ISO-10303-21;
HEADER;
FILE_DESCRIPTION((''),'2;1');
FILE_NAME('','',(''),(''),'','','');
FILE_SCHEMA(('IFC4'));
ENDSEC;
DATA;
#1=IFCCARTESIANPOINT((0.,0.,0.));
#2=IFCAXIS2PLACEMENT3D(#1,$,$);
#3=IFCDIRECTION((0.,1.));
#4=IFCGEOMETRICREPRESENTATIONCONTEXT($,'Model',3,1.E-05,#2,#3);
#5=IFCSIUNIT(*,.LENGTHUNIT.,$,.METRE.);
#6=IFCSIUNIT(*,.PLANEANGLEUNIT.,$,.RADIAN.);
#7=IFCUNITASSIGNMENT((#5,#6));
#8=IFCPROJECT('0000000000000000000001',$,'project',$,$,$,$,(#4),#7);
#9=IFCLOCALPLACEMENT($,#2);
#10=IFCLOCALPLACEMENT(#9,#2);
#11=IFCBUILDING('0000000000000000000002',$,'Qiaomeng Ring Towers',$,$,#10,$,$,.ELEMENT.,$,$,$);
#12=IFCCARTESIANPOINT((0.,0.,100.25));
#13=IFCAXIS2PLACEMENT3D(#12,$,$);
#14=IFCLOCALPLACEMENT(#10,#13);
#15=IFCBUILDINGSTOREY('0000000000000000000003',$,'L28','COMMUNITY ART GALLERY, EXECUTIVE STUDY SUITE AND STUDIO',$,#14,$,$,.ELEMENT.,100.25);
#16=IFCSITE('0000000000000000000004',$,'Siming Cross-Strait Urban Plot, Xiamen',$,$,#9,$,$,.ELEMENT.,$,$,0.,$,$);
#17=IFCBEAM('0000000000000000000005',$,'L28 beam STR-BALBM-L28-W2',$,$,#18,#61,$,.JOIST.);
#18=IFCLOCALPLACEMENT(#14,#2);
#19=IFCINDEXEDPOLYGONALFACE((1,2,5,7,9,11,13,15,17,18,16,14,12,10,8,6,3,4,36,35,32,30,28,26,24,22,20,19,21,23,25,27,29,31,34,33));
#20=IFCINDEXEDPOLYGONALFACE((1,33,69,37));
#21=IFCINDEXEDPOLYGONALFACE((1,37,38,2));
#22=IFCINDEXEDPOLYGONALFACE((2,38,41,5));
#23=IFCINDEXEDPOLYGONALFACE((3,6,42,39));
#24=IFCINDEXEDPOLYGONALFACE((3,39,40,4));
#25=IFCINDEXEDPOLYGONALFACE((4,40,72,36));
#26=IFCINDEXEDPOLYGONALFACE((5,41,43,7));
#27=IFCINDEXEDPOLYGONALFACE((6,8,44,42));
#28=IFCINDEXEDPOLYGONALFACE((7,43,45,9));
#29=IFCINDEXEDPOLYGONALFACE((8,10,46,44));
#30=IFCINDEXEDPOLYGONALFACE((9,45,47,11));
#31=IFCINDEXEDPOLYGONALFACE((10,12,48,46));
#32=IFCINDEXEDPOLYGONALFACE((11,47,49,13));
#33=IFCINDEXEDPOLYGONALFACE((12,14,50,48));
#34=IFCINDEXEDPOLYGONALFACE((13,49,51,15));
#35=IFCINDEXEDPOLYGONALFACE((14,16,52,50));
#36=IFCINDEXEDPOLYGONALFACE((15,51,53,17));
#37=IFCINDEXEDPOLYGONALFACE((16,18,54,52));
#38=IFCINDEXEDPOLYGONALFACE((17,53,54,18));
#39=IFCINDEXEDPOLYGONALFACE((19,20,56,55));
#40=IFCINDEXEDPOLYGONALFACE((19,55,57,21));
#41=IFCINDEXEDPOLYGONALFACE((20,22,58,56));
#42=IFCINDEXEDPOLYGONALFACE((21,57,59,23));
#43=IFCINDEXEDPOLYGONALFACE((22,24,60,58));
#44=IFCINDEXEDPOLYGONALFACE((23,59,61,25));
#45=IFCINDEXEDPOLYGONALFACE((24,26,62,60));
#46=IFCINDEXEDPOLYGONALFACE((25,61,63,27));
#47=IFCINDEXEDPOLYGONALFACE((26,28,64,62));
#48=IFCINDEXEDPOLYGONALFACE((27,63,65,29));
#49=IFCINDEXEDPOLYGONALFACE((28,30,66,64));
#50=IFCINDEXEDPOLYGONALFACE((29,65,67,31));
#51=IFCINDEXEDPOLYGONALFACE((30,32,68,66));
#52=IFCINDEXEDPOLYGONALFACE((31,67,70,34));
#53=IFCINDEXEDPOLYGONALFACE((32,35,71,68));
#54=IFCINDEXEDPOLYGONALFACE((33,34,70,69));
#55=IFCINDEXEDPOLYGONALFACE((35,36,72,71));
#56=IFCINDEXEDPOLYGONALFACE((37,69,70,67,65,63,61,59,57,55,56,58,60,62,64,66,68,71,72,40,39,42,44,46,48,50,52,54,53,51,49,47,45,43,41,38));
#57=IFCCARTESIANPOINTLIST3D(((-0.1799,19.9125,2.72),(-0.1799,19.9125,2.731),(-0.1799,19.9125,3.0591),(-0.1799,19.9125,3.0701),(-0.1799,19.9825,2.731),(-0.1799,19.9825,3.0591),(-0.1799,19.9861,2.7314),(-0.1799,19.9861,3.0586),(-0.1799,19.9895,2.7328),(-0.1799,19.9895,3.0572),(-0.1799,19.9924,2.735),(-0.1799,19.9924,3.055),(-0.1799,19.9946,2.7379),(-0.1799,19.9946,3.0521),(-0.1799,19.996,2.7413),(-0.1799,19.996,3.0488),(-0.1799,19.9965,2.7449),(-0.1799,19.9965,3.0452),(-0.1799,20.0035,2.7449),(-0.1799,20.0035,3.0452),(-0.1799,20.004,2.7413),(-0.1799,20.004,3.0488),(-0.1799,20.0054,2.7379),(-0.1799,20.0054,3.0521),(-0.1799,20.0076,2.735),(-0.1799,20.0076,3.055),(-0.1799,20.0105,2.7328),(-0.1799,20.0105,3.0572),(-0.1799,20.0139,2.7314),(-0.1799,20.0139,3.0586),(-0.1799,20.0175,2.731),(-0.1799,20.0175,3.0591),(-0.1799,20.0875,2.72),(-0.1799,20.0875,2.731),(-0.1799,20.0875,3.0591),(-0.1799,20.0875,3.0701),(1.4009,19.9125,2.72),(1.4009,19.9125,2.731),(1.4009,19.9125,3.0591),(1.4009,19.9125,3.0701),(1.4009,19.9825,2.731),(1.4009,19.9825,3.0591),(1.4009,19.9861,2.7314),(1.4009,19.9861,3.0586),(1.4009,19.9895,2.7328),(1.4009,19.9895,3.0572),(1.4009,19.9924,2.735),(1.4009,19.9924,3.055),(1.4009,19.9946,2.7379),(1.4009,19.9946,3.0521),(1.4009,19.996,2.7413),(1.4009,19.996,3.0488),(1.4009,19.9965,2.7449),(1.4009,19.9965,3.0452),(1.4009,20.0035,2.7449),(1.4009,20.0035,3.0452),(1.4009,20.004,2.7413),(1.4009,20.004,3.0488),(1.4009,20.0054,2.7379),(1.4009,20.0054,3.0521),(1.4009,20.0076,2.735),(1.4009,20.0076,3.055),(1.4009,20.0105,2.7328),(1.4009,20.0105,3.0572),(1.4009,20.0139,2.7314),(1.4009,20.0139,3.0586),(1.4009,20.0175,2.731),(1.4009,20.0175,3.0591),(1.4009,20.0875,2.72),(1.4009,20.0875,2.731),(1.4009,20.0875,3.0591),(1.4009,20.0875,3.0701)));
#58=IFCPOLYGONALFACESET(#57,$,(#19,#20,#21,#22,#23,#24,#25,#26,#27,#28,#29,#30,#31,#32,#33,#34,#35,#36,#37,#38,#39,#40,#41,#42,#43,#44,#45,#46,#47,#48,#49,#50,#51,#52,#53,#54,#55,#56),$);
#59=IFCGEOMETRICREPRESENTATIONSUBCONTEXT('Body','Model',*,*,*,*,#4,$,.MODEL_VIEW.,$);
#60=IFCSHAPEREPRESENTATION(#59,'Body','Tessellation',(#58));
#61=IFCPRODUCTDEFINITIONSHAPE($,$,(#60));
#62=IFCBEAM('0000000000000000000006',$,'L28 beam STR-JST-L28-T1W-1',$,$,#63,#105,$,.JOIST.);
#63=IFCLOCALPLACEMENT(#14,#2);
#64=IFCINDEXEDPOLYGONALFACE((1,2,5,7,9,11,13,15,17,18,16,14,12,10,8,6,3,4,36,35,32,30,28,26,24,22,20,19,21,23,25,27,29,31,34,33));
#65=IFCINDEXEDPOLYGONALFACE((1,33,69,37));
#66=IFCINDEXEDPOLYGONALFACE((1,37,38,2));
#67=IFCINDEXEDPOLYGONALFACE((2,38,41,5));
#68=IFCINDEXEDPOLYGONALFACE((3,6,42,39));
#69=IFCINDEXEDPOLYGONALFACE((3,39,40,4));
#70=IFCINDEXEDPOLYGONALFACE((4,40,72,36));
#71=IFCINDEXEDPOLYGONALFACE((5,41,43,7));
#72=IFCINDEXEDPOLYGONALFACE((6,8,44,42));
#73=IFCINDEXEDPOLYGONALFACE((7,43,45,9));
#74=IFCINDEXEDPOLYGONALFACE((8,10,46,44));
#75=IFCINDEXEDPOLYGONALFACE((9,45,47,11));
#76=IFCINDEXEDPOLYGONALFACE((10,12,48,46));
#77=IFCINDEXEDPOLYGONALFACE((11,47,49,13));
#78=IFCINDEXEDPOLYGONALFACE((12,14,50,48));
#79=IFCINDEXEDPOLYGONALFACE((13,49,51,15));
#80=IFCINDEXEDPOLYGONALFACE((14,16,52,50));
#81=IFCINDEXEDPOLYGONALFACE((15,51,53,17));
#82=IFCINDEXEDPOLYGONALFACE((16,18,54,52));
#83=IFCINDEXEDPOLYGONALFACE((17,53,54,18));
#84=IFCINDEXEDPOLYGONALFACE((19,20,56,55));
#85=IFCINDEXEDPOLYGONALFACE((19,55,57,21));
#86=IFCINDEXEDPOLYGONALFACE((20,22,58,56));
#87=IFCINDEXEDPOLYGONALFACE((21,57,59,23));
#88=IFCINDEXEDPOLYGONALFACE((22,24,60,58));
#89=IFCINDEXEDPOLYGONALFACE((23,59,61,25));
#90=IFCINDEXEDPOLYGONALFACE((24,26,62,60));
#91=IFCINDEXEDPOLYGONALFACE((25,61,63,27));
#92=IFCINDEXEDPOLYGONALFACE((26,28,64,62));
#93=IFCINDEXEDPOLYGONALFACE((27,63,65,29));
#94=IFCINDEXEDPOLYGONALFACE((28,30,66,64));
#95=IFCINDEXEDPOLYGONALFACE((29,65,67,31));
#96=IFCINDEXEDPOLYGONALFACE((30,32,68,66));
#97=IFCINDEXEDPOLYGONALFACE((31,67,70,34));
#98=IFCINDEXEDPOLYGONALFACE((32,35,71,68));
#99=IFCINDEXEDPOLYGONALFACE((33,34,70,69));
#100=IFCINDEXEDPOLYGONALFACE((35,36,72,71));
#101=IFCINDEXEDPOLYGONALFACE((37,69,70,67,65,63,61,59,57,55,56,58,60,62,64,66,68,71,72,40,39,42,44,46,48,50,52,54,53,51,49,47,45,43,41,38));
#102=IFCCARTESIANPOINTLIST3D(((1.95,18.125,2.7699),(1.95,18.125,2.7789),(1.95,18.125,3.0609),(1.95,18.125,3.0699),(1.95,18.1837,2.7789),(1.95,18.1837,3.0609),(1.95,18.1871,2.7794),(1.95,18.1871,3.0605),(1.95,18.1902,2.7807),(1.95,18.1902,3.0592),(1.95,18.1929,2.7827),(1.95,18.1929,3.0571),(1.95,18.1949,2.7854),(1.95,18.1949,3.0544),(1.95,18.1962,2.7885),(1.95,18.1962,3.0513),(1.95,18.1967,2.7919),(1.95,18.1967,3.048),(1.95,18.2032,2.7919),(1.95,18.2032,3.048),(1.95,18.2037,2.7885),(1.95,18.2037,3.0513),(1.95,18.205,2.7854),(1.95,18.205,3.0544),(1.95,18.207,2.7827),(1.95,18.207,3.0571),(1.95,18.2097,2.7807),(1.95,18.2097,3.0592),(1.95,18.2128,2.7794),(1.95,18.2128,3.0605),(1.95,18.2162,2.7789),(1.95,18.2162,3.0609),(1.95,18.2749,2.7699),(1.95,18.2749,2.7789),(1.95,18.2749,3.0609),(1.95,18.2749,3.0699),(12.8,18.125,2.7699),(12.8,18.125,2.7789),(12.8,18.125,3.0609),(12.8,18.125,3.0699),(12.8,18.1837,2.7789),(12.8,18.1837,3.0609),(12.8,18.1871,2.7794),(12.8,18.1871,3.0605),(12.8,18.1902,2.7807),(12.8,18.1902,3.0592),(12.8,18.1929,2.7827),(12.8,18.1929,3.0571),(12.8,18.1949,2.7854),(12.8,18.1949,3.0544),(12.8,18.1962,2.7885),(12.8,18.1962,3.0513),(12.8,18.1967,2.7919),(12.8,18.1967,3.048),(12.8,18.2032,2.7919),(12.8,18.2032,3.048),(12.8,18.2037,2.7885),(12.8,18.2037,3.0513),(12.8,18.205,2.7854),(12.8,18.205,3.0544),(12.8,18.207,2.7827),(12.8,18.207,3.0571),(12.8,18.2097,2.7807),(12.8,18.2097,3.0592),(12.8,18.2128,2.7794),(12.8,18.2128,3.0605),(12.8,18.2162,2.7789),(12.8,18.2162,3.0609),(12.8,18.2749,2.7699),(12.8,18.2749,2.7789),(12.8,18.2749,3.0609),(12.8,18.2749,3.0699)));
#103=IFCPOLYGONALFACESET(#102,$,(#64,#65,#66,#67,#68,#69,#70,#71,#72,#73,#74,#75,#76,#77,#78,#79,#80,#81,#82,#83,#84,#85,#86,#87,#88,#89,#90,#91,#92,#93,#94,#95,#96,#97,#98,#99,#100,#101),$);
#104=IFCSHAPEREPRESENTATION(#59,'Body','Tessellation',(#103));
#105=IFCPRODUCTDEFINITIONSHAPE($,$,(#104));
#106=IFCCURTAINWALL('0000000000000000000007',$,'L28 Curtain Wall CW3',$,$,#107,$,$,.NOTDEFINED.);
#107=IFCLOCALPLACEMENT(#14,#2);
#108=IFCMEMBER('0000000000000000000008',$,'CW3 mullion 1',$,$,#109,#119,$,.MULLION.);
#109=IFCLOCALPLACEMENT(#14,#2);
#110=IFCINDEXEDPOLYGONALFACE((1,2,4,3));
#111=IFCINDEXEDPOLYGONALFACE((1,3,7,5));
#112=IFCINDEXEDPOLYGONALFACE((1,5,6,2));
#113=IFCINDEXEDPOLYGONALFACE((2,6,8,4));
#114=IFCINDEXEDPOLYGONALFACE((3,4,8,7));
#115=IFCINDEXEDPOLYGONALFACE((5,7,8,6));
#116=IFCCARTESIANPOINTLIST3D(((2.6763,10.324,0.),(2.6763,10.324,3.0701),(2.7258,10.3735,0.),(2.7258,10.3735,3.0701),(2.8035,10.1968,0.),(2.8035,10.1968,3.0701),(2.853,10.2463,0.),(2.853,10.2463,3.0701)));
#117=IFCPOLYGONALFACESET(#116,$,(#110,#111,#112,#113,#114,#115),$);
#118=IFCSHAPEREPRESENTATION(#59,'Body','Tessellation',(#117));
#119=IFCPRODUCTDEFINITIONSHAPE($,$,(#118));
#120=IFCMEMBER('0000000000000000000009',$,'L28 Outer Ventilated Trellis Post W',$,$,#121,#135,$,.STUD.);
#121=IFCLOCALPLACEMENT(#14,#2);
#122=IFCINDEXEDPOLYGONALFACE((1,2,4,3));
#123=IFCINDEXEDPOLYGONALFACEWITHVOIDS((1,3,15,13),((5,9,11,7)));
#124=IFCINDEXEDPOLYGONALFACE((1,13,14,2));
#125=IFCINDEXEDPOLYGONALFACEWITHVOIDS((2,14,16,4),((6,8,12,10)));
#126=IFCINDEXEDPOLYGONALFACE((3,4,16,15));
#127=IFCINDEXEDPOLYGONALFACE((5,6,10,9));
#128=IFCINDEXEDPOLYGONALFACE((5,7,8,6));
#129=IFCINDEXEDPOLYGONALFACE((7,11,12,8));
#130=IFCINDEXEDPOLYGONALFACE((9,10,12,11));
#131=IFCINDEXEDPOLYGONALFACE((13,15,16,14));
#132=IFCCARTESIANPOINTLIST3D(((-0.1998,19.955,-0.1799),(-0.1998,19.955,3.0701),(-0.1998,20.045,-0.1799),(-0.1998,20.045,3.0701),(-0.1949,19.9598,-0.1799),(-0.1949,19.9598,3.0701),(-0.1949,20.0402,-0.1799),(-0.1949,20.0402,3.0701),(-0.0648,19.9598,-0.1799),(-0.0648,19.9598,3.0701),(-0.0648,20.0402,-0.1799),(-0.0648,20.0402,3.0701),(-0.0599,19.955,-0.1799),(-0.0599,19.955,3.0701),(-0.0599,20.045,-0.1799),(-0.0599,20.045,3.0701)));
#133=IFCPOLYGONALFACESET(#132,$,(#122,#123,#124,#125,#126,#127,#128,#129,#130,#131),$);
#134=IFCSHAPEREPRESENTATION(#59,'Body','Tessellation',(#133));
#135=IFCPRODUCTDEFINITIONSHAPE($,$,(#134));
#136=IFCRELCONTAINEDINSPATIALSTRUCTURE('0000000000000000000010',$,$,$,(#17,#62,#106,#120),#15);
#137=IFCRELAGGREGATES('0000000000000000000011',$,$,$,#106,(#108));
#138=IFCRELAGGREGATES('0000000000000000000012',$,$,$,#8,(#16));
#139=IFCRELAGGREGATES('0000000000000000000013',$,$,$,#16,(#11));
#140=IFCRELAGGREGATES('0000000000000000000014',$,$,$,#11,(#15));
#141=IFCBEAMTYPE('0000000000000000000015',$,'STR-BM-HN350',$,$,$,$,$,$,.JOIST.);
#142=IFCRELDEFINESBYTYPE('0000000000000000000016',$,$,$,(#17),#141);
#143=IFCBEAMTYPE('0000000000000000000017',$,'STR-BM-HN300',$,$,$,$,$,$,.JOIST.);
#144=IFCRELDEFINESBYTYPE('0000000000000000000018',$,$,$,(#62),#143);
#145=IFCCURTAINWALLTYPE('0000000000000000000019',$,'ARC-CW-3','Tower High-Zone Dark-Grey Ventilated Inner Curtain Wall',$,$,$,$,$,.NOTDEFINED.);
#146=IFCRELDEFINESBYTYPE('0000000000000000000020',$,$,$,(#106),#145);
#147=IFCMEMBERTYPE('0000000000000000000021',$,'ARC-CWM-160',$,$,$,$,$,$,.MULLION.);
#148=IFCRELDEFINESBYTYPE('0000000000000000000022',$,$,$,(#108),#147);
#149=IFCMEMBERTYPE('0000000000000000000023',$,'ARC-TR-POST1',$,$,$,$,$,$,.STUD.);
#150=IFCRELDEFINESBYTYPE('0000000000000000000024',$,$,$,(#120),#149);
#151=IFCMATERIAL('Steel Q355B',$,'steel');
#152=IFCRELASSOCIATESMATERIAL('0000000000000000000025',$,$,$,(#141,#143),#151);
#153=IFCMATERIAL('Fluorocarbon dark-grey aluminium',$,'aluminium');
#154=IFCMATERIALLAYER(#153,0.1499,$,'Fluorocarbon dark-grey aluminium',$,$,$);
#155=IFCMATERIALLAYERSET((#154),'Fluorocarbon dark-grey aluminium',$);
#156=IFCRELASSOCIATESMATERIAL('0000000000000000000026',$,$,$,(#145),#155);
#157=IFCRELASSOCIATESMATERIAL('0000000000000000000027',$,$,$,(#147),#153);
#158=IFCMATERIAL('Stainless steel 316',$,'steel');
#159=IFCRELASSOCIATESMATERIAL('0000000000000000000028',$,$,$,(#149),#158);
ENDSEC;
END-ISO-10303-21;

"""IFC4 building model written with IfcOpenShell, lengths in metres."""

from ifc_helpers import new_model, si_unit, direction, frame, origin, origin_2d, place, context, subcontext, project, spatial, rectangle, hollow_rectangle, i_section, extrude, source, transform, mapped, material, layer, layer_set, material_profile, profile_set, type_object, element, aggregate, save


model = new_model("IFC4")

# Units and contexts
model_context = context("Model", 3, precision=1e-05, world=origin(), true_north=direction((0.0, 1.0)))
body_context = subcontext(model_context, "Body", "Model", "MODEL_VIEW")
ifc_project = project(units=[si_unit("LENGTHUNIT", "METRE"), si_unit("PLANEANGLEUNIT", "RADIAN")], contexts=[model_context])

# Site, building, storey
site_placement = place(None, origin())
site = spatial("IfcSite", under=ifc_project, at=site_placement, Name="Siming Cross-Strait Urban Plot, Xiamen", CompositionType="ELEMENT", RefElevation=0.0)
building_placement = place(site_placement, origin())
building = spatial("IfcBuilding", under=site, at=building_placement, Name="Qiaomeng Ring Towers", CompositionType="ELEMENT")
storey_placement = place(building_placement, frame((0.0, 0.0, 100.25)))
storey = spatial("IfcBuildingStorey", under=building, at=storey_placement, Name="L28", Description="COMMUNITY ART GALLERY, EXECUTIVE STUDY SUITE AND STUDIO", CompositionType="ELEMENT", Elevation=100.25)

# Beams
ifc_material_1 = material(Name="Steel Q355B", Category="steel")
ifc_material_profile_1 = material_profile(ifc_material_1, i_section(OverallWidth=0.175, OverallDepth=0.3501, WebThickness=0.0071, FlangeThickness=0.011, FilletRadius=0.0139, at=origin_2d()), Name="HN 350x175x7x11")
ifc_profile_set_1 = profile_set([ifc_material_profile_1], Name="Steel Q355B")
beam_type_1 = type_object("IfcBeamType", Name="STR-BM-HN350", PredefinedType="JOIST", material=ifc_profile_set_1)
shared_shape_1 = source(origin(), body_context, "Body", "SweptSolid", [
    extrude(i_section(OverallWidth=0.175, OverallDepth=0.3501, WebThickness=0.0071, FlangeThickness=0.011, FilletRadius=0.0139, at=origin_2d()), origin(), (0.0, 0.0, 1.0), 1.5808),
])
beam_1_placement = place(storey_placement, frame((-0.1799, 20.0, 2.895), z_axis=(1.0, 0.0, 0.0), x_axis=(0.0, 1.0, 0.0)))
element("IfcBeam", 1, at=beam_1_placement, inside=storey, type_object=beam_type_1, Name="L28 beam STR-BALBM-L28-W2", PredefinedType="JOIST", context=body_context, shape_type="MappedRepresentation", body=[
    mapped(shared_shape_1, transform((0.0, 0.0, 0.0), x_axis=(1.0, 0.0, 0.0), y_axis=(0.0, 1.0, 0.0), z_axis=(0.0, 0.0, 1.0), scale=1.0)),
])
ifc_material_profile_2 = material_profile(ifc_material_1, i_section(OverallWidth=0.1499, OverallDepth=0.3, WebThickness=0.0066, FlangeThickness=0.009, FilletRadius=0.0129, at=origin_2d()), Name="HN 300x150x6.5x9")
ifc_profile_set_2 = profile_set([ifc_material_profile_2], Name="Steel Q355B")
beam_type_2 = type_object("IfcBeamType", Name="STR-BM-HN300", PredefinedType="JOIST", material=ifc_profile_set_2)
shared_shape_2 = source(origin(), body_context, "Body", "SweptSolid", [
    extrude(i_section(OverallWidth=0.1499, OverallDepth=0.3, WebThickness=0.0066, FlangeThickness=0.009, FilletRadius=0.0129, at=origin_2d()), origin(), (0.0, 0.0, 1.0), 10.8501),
])
beam_2_placement = place(storey_placement, frame((1.95, 18.2, 2.9199), z_axis=(1.0, 0.0, 0.0), x_axis=(0.0, 1.0, 0.0)))
element("IfcBeam", 2, at=beam_2_placement, inside=storey, type_object=beam_type_2, Name="L28 beam STR-JST-L28-T1W-1", PredefinedType="JOIST", context=body_context, shape_type="MappedRepresentation", body=[
    mapped(shared_shape_2, transform((0.0, 0.0, 0.0), x_axis=(1.0, 0.0, 0.0), y_axis=(0.0, 1.0, 0.0), z_axis=(0.0, 0.0, 1.0), scale=1.0)),
])

# Curtain wall, member
ifc_material_2 = material(Name="Fluorocarbon dark-grey aluminium", Category="aluminium")
ifc_layer_1 = layer(ifc_material_2, 0.1499, Name="Fluorocarbon dark-grey aluminium")
ifc_layer_set_1 = layer_set([ifc_layer_1], Name="Fluorocarbon dark-grey aluminium")
curtain_wall_type = type_object("IfcCurtainWallType", Name="ARC-CW-3", Description="Tower High-Zone Dark-Grey Ventilated Inner Curtain Wall", PredefinedType="NOTDEFINED", material=ifc_layer_set_1)
curtain_wall_placement = place(storey_placement, origin())
curtain_wall = element("IfcCurtainWall", 3, at=curtain_wall_placement, inside=storey, type_object=curtain_wall_type, Name="L28 Curtain Wall CW3", PredefinedType="NOTDEFINED")
ifc_material_profile_3 = material_profile(ifc_material_2, rectangle(XDim=0.0701, YDim=0.1799, at=origin_2d()), Name="ALU MULL 70x180")
ifc_profile_set_3 = profile_set([ifc_material_profile_3], Name="Fluorocarbon dark-grey aluminium")
member_type_1 = type_object("IfcMemberType", Name="ARC-CWM-160", PredefinedType="MULLION", material=ifc_profile_set_3)
shared_shape_3 = source(origin(), body_context, "Body", "SweptSolid", [
    extrude(rectangle(XDim=0.0701, YDim=0.1799, at=origin_2d()), origin(), (0.0, 0.0, 1.0), 3.0701),
])
member_1_placement = place(storey_placement, frame((2.7646, 10.2852, 0.0), z_axis=(0.0, 0.0, 1.0), x_axis=(0.707107, 0.707107, 0.0)))
member_1 = element("IfcMember", 4, at=member_1_placement, type_object=member_type_1, Name="CW3 mullion 1", PredefinedType="MULLION", context=body_context, shape_type="MappedRepresentation", body=[
    mapped(shared_shape_3, transform((0.0, 0.0, 0.0), x_axis=(1.0, 0.0, 0.0), y_axis=(0.0, 1.0, 0.0), z_axis=(0.0, 0.0, 1.0), scale=1.0)),
])
aggregate(curtain_wall, [member_1])

# Member
ifc_material_3 = material(Name="Stainless steel 316", Category="steel")
ifc_material_profile_4 = material_profile(ifc_material_3, hollow_rectangle(XDim=0.0901, YDim=0.1399, WallThickness=0.0049, at=origin_2d()), Name="SS TRELLIS 90x140")
ifc_profile_set_4 = profile_set([ifc_material_profile_4], Name="Stainless steel 316")
member_type_2 = type_object("IfcMemberType", Name="ARC-TR-POST1", PredefinedType="STUD", material=ifc_profile_set_4)
shared_shape_4 = source(origin(), body_context, "Body", "SweptSolid", [
    extrude(hollow_rectangle(XDim=0.0901, YDim=0.1399, WallThickness=0.0049, at=origin_2d()), origin(), (0.0, 0.0, 1.0), 3.25),
])
member_2_placement = place(storey_placement, frame((-0.1299, 20.0, -0.1799), z_axis=(0.0, 0.0, 1.0), x_axis=(0.0, 1.0, 0.0)))
element("IfcMember", 5, at=member_2_placement, inside=storey, type_object=member_type_2, Name="L28 Outer Ventilated Trellis Post W", PredefinedType="STUD", context=body_context, shape_type="MappedRepresentation", body=[
    mapped(shared_shape_4, transform((0.0, 0.0, 0.0), x_axis=(1.0, 0.0, 0.0), y_axis=(0.0, 1.0, 0.0), z_axis=(0.0, 0.0, 1.0), scale=1.0)),
])

save(model, "model.ifc")
